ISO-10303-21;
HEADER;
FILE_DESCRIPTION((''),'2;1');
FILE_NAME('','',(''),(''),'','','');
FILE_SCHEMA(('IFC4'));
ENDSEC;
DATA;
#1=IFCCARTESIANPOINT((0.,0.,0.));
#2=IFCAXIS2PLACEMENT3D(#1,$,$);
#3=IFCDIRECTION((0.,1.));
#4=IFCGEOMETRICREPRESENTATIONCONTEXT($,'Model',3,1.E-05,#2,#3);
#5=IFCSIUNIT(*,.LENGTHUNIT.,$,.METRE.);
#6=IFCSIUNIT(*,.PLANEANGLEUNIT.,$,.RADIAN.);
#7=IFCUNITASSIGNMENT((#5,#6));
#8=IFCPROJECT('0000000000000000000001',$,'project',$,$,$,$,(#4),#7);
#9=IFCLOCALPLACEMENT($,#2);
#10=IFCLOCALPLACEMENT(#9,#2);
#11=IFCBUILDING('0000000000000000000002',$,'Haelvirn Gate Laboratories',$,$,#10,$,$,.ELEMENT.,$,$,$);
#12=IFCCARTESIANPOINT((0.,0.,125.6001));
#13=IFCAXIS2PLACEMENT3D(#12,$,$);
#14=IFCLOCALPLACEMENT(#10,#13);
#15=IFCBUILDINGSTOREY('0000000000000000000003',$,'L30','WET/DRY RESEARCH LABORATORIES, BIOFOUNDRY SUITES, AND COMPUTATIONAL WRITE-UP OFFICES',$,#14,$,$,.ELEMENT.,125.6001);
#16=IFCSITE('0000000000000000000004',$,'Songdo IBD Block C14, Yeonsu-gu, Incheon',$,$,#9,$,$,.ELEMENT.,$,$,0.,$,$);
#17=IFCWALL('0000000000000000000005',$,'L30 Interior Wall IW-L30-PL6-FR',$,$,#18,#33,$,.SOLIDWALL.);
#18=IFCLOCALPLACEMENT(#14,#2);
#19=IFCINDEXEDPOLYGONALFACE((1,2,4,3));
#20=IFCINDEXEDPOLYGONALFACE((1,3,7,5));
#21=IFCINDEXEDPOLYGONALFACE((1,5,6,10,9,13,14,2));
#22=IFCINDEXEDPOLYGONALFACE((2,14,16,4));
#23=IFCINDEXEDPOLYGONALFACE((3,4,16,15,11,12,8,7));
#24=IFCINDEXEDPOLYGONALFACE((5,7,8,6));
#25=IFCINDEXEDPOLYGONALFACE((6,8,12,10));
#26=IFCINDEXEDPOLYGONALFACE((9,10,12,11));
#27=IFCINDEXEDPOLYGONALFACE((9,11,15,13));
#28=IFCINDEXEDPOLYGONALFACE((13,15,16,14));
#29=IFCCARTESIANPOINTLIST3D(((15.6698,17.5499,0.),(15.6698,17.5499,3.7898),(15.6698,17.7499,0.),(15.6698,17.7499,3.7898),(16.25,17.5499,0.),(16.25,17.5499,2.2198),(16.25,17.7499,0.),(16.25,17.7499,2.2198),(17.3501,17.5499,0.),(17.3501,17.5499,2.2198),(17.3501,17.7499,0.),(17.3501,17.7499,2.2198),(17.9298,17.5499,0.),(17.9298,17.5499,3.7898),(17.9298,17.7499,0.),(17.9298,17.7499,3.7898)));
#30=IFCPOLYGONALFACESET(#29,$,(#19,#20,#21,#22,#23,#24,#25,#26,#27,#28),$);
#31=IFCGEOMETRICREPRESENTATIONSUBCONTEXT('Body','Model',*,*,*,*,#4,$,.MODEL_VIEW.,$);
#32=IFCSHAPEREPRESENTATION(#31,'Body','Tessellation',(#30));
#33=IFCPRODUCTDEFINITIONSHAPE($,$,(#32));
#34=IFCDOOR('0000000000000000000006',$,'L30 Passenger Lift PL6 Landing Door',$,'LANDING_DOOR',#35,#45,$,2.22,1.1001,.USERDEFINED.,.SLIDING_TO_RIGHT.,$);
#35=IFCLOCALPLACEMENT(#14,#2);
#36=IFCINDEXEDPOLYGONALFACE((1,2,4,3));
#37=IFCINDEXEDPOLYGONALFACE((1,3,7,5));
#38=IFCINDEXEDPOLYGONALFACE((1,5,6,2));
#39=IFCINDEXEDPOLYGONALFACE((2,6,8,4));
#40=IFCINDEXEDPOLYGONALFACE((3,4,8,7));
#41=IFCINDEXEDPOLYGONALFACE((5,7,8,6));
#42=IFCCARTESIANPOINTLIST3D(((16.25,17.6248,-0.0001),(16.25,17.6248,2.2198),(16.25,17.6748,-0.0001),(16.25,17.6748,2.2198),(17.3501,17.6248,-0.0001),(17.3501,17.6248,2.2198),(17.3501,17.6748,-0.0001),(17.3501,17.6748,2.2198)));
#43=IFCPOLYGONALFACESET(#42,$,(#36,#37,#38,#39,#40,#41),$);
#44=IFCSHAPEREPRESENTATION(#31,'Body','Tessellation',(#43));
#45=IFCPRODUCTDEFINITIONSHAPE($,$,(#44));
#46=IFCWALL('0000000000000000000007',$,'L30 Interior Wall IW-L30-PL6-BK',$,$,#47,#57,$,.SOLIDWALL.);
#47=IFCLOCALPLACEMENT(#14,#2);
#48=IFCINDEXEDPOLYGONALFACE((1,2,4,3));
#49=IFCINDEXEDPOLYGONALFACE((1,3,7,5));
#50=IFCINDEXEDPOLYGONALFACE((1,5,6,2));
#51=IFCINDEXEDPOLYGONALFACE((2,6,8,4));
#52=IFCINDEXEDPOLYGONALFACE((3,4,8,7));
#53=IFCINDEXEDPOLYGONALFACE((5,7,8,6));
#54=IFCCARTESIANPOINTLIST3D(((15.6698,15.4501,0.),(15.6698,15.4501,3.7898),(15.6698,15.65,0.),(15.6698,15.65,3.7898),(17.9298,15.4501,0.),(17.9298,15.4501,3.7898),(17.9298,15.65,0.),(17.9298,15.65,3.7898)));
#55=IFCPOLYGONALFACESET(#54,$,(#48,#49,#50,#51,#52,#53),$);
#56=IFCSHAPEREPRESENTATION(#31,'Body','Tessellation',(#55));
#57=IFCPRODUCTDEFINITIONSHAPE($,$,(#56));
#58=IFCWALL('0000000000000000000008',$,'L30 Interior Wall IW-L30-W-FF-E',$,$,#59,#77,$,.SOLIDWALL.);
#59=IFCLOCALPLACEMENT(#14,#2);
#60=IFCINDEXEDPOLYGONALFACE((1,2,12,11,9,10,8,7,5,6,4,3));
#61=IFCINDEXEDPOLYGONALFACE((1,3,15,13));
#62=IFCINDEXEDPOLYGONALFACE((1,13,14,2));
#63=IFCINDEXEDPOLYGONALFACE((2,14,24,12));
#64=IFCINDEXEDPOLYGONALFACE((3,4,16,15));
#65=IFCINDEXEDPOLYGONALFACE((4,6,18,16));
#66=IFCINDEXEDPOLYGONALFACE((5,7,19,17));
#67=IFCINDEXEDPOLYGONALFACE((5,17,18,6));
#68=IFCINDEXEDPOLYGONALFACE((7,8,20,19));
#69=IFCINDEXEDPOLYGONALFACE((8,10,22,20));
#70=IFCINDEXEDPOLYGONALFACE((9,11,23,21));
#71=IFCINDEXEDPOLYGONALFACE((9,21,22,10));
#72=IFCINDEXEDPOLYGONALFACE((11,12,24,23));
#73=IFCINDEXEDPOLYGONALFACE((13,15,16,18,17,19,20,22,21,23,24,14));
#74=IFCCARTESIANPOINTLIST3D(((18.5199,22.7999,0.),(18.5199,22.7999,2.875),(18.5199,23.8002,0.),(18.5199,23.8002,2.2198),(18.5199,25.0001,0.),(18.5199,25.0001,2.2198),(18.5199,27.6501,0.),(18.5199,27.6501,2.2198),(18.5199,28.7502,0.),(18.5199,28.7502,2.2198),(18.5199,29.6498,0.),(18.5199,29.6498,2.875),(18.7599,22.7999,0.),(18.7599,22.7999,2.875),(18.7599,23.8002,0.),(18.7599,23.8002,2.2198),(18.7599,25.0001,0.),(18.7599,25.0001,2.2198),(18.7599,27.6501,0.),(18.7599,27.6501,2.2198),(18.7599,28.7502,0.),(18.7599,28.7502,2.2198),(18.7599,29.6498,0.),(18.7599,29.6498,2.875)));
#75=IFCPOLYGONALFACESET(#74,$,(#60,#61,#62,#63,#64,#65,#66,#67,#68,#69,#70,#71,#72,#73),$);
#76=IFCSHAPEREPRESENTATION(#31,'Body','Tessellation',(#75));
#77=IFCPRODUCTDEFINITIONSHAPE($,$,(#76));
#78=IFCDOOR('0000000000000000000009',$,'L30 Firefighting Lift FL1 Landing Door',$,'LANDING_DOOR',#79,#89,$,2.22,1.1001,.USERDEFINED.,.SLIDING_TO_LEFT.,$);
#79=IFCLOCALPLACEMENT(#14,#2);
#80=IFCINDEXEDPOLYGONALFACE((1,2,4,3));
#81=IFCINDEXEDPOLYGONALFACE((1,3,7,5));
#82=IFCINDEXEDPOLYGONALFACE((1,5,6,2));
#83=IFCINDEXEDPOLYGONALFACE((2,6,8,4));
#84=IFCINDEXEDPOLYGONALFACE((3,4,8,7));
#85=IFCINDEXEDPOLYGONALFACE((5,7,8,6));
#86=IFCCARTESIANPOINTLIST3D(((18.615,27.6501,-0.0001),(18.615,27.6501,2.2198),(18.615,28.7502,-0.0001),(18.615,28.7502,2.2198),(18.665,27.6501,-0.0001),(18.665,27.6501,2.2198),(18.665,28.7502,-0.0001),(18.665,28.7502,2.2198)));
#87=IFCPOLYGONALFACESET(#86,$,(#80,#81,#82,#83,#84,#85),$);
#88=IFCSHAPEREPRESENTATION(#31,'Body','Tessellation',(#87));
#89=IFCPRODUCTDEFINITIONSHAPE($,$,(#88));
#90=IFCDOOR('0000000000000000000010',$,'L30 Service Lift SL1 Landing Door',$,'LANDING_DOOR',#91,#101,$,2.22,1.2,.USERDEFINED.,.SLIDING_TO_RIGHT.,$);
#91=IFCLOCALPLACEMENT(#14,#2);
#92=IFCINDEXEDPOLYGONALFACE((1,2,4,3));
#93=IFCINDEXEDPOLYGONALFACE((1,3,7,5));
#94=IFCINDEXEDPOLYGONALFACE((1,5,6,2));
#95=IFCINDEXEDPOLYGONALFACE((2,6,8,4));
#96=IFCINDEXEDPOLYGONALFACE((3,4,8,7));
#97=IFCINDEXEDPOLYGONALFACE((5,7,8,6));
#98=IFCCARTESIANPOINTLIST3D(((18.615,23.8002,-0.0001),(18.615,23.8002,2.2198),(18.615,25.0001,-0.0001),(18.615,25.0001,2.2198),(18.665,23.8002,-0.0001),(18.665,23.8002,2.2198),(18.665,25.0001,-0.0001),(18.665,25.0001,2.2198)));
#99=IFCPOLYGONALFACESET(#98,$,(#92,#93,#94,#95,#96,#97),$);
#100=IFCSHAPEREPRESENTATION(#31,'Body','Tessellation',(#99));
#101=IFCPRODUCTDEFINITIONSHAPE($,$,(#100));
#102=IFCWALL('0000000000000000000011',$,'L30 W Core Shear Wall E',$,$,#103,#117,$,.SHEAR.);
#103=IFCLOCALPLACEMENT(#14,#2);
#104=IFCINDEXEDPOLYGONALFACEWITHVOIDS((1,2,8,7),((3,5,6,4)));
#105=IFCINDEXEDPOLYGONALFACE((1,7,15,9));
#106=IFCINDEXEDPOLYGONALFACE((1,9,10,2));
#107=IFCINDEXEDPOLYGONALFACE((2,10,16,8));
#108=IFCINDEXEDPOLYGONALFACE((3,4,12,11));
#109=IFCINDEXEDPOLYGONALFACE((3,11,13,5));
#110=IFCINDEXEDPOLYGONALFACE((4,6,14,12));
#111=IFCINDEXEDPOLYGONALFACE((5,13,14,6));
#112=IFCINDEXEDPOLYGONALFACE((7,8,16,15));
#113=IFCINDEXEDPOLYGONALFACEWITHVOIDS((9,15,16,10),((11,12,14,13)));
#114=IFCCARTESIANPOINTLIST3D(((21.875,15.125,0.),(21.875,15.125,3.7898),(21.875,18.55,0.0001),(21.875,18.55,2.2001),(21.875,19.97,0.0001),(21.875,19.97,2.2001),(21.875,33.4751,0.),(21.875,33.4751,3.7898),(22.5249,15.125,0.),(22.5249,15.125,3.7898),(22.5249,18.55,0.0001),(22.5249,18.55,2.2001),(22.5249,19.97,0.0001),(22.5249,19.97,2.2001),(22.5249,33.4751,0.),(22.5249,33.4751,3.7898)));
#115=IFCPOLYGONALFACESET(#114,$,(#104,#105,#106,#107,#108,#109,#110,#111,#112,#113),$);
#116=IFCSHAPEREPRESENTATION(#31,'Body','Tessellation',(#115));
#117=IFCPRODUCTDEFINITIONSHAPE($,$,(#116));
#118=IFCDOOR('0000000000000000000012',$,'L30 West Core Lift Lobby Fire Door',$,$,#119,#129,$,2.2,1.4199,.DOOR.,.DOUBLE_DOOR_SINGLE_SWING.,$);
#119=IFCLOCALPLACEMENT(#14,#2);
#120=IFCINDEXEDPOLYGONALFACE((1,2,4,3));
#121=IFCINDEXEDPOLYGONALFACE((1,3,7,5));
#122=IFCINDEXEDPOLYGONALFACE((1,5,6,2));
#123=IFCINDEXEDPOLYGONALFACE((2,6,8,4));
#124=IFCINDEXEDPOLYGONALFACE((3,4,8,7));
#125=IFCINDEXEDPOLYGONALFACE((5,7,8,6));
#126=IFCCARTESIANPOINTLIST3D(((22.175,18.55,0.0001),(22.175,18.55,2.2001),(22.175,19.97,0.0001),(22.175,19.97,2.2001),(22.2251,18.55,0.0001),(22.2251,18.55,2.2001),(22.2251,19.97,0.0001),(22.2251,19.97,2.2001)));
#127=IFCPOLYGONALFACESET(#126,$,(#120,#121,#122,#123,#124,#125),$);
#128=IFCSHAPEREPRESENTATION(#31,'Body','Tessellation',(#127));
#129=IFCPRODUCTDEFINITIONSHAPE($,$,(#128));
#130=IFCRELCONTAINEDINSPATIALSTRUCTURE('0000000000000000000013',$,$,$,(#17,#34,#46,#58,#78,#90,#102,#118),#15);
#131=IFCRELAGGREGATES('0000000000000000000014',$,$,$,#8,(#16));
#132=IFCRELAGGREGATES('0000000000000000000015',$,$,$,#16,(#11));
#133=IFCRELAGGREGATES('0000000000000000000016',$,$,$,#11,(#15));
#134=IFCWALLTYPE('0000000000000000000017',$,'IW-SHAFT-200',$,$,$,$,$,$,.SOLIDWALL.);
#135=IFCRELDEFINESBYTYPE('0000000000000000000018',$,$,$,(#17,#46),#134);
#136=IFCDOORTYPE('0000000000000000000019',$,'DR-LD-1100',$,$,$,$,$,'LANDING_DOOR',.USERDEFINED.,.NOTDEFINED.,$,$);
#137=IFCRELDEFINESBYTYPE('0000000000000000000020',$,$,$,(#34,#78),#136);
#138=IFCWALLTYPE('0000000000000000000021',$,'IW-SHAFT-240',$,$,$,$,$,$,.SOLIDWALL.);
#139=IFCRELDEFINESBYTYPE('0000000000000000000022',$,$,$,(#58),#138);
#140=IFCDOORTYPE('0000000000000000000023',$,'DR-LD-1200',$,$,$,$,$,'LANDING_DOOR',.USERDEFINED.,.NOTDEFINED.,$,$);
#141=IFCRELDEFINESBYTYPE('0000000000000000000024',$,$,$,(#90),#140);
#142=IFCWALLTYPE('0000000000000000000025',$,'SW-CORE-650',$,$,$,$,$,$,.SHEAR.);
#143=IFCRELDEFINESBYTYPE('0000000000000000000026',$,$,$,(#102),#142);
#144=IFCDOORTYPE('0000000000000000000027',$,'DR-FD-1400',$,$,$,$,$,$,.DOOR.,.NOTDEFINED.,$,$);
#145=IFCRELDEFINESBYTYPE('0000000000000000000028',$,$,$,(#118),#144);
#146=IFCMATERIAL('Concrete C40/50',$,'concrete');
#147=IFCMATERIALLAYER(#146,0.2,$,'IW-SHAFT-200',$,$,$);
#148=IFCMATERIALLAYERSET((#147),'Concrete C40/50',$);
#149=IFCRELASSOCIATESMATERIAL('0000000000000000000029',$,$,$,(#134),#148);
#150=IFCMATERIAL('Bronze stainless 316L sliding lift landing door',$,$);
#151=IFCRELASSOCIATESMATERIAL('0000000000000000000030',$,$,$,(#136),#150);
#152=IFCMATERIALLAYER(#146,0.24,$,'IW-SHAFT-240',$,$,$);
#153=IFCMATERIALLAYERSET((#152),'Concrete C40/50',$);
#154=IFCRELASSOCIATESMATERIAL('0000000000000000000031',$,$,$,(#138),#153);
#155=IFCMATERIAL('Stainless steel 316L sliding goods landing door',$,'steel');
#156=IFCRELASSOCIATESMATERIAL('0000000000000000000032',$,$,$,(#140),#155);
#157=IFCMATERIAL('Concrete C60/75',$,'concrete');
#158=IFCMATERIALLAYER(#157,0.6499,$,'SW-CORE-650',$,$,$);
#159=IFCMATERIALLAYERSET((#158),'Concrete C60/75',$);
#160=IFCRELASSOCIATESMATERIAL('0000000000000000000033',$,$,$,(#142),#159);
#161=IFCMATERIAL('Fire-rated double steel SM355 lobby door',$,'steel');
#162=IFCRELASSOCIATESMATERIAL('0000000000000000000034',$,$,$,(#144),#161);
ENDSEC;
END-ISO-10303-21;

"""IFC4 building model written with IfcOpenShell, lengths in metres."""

from ifc_helpers import new_model, si_unit, direction, frame, frame_2d, origin, place, context, subcontext, project, spatial, rectangle, extrude, source, transform, mapped, material, layer, layer_set, type_object, type_shapes, element, fill, save


model = new_model("IFC4")

# Units and contexts
model_context = context("Model", 3, precision=1e-05, world=origin(), true_north=direction((0.0, 1.0)))
body_context = subcontext(model_context, "Body", "Model", "MODEL_VIEW")
ifc_project = project(units=[si_unit("LENGTHUNIT", "METRE"), si_unit("PLANEANGLEUNIT", "RADIAN")], contexts=[model_context])

# Site, building, storey
site_placement = place(None, origin())
site = spatial("IfcSite", under=ifc_project, at=site_placement, Name="Songdo IBD Block C14, Yeonsu-gu, Incheon", CompositionType="ELEMENT", RefElevation=0.0)
building_placement = place(site_placement, origin())
building = spatial("IfcBuilding", under=site, at=building_placement, Name="Haelvirn Gate Laboratories", CompositionType="ELEMENT")
storey_placement = place(building_placement, frame((0.0, 0.0, 125.6001)))
storey = spatial("IfcBuildingStorey", under=building, at=storey_placement, Name="L30", Description="WET/DRY RESEARCH LABORATORIES, BIOFOUNDRY SUITES, AND COMPUTATIONAL WRITE-UP OFFICES", CompositionType="ELEMENT", Elevation=125.6001)

# Shared definitions
ifc_material_1 = material(Name="Concrete C60/75", Category="concrete")

# Shared definitions
ifc_material_2 = material(Name="Concrete C40/50", Category="concrete")

# Wall, opening, door
ifc_layer_1 = layer(ifc_material_2, 0.2, Name="IW-SHAFT-200")
ifc_layer_set_1 = layer_set([ifc_layer_1], Name="Concrete C40/50")
wall_type_1 = type_object("IfcWallType", Name="IW-SHAFT-200", PredefinedType="SOLIDWALL", material=ifc_layer_set_1)
wall_1_placement = place(storey_placement, frame((15.6699, 17.6499, 0.0), z_axis=(0.0, 0.0, 1.0), x_axis=(1.0, 0.0, 0.0)))
wall_1 = element("IfcWall", 1, at=wall_1_placement, inside=storey, type_object=wall_type_1, Name="L30 Interior Wall IW-L30-PL6-FR", PredefinedType="SOLIDWALL", context=body_context, shape_type="SweptSolid", body=[
    extrude(rectangle(XDim=2.26, YDim=0.2, at=frame_2d((1.1299, 0.0))), origin(), (0.0, 0.0, 1.0), 3.7898),
])
opening_1_placement = place(wall_1_placement, frame((0.5801, 0.0, 0.0)))
opening_1 = element("IfcOpeningElement", 2, at=opening_1_placement, cuts=wall_1, PredefinedType="OPENING", context=body_context, shape_type="SweptSolid", body=[
    extrude(rectangle(XDim=1.1001, YDim=2.22, at=frame_2d((0.55, 1.1099))), frame((0.0, 0.1099, 0.0), z_axis=(0.0, -1.0, 0.0), x_axis=(1.0, 0.0, 0.0)), (0.0, 0.0, 1.0), 0.22),
])
ifc_material_3 = material(Name="Bronze stainless 316L sliding lift landing door")
door_type_1 = type_object("IfcDoorType", Name="DR-LD-1100", ElementType="LANDING_DOOR", OperationType="NOTDEFINED", PredefinedType="USERDEFINED", material=ifc_material_3)
shared_shape_1 = source(origin(), body_context, "Body", "SweptSolid", [
    extrude(rectangle(XDim=1.1001, YDim=2.22, at=frame_2d((0.55, 1.1099))), frame((0.0, 0.0249, 0.0), z_axis=(0.0, -1.0, 0.0), x_axis=(1.0, 0.0, 0.0)), (0.0, 0.0, 1.0), 0.05),
])
type_shapes(door_type_1, [shared_shape_1])
door_1_placement = place(opening_1_placement, origin())
door_1 = element("IfcDoor", 3, at=door_1_placement, inside=storey, type_object=door_type_1, Name="L30 Passenger Lift PL6 Landing Door", ObjectType="LANDING_DOOR", OperationType="SLIDING_TO_RIGHT", OverallHeight=2.22, OverallWidth=1.1001, PredefinedType="USERDEFINED", context=body_context, shape_type="MappedRepresentation", body=[
    mapped(shared_shape_1, transform((0.0, 0.0, 0.0), scale=1.0)),
])
fill(opening_1, door_1)

# Wall
wall_2_placement = place(storey_placement, frame((15.6699, 15.55, 0.0), z_axis=(0.0, 0.0, 1.0), x_axis=(1.0, 0.0, 0.0)))
element("IfcWall", 4, at=wall_2_placement, inside=storey, type_object=wall_type_1, Name="L30 Interior Wall IW-L30-PL6-BK", PredefinedType="SOLIDWALL", context=body_context, shape_type="SweptSolid", body=[
    extrude(rectangle(XDim=2.26, YDim=0.2, at=frame_2d((1.1299, 0.0))), origin(), (0.0, 0.0, 1.0), 3.7898),
])

# Wall, openings, doors
ifc_layer_2 = layer(ifc_material_2, 0.24, Name="IW-SHAFT-240")
ifc_layer_set_2 = layer_set([ifc_layer_2], Name="Concrete C40/50")
wall_type_2 = type_object("IfcWallType", Name="IW-SHAFT-240", PredefinedType="SOLIDWALL", material=ifc_layer_set_2)
wall_3_placement = place(storey_placement, frame((18.6399, 22.8, 0.0), z_axis=(0.0, 0.0, 1.0), x_axis=(0.0, 1.0, 0.0)))
wall_3 = element("IfcWall", 5, at=wall_3_placement, inside=storey, type_object=wall_type_2, Name="L30 Interior Wall IW-L30-W-FF-E", PredefinedType="SOLIDWALL", context=body_context, shape_type="SweptSolid", body=[
    extrude(rectangle(XDim=6.8499, YDim=0.24, at=frame_2d((3.4248, 0.0))), origin(), (0.0, 0.0, 1.0), 2.875),
])
opening_2_placement = place(wall_3_placement, frame((4.8501, 0.0, 0.0)))
opening_2 = element("IfcOpeningElement", 6, at=opening_2_placement, cuts=wall_3, PredefinedType="OPENING", context=body_context, shape_type="SweptSolid", body=[
    extrude(rectangle(XDim=1.1001, YDim=2.22, at=frame_2d((0.55, 1.1099))), frame((0.0, 0.1299, 0.0), z_axis=(0.0, -1.0, 0.0), x_axis=(1.0, 0.0, 0.0)), (0.0, 0.0, 1.0), 0.26),
])
opening_3_placement = place(wall_3_placement, frame((1.0, 0.0, 0.0)))
opening_3 = element("IfcOpeningElement", 7, at=opening_3_placement, cuts=wall_3, PredefinedType="OPENING", context=body_context, shape_type="SweptSolid", body=[
    extrude(rectangle(XDim=1.2, YDim=2.22, at=frame_2d((0.6001, 1.1099))), frame((0.0, 0.1299, 0.0), z_axis=(0.0, -1.0, 0.0), x_axis=(1.0, 0.0, 0.0)), (0.0, 0.0, 1.0), 0.26),
])
door_2_placement = place(opening_2_placement, origin())
door_2 = element("IfcDoor", 8, at=door_2_placement, inside=storey, type_object=door_type_1, Name="L30 Firefighting Lift FL1 Landing Door", ObjectType="LANDING_DOOR", OperationType="SLIDING_TO_LEFT", OverallHeight=2.22, OverallWidth=1.1001, PredefinedType="USERDEFINED", context=body_context, shape_type="MappedRepresentation", body=[
    mapped(shared_shape_1, transform((0.0, 0.0, 0.0), scale=1.0)),
])
fill(opening_2, door_2)
ifc_material_4 = material(Name="Stainless steel 316L sliding goods landing door", Category="steel")
door_type_2 = type_object("IfcDoorType", Name="DR-LD-1200", ElementType="LANDING_DOOR", OperationType="NOTDEFINED", PredefinedType="USERDEFINED", material=ifc_material_4)
shared_shape_2 = source(origin(), body_context, "Body", "SweptSolid", [
    extrude(rectangle(XDim=1.2, YDim=2.22, at=frame_2d((0.6001, 1.1099))), frame((0.0, 0.0249, 0.0), z_axis=(0.0, -1.0, 0.0), x_axis=(1.0, 0.0, 0.0)), (0.0, 0.0, 1.0), 0.05),
])
type_shapes(door_type_2, [shared_shape_2])
door_3_placement = place(opening_3_placement, origin())
door_3 = element("IfcDoor", 9, at=door_3_placement, inside=storey, type_object=door_type_2, Name="L30 Service Lift SL1 Landing Door", ObjectType="LANDING_DOOR", OperationType="SLIDING_TO_RIGHT", OverallHeight=2.22, OverallWidth=1.2, PredefinedType="USERDEFINED", context=body_context, shape_type="MappedRepresentation", body=[
    mapped(shared_shape_2, transform((0.0, 0.0, 0.0), scale=1.0)),
])
fill(opening_3, door_3)

# Wall, opening, door
ifc_layer_3 = layer(ifc_material_1, 0.6499, Name="SW-CORE-650")
ifc_layer_set_3 = layer_set([ifc_layer_3], Name="Concrete C60/75")
wall_type_3 = type_object("IfcWallType", Name="SW-CORE-650", PredefinedType="SHEAR", material=ifc_layer_set_3)
wall_4_placement = place(storey_placement, frame((22.2, 15.125, 0.0), z_axis=(0.0, 0.0, 1.0), x_axis=(0.0, 1.0, 0.0)))
wall_4 = element("IfcWall", 10, at=wall_4_placement, inside=storey, type_object=wall_type_3, Name="L30 W Core Shear Wall E", PredefinedType="SHEAR", context=body_context, shape_type="SweptSolid", body=[
    extrude(rectangle(XDim=18.3501, YDim=0.6499, at=frame_2d((9.175, 0.0))), origin(), (0.0, 0.0, 1.0), 3.7898),
])
opening_4_placement = place(wall_4_placement, frame((3.425, 0.0, 0.0)))
opening_4 = element("IfcOpeningElement", 11, at=opening_4_placement, cuts=wall_4, PredefinedType="OPENING", context=body_context, shape_type="SweptSolid", body=[
    extrude(rectangle(XDim=1.4199, YDim=2.2, at=frame_2d((0.71, 1.1001))), frame((0.0, 0.335, 0.0), z_axis=(0.0, -1.0, 0.0), x_axis=(1.0, 0.0, 0.0)), (0.0, 0.0, 1.0), 0.6699),
])
ifc_material_5 = material(Name="Fire-rated double steel SM355 lobby door", Category="steel")
door_type_3 = type_object("IfcDoorType", Name="DR-FD-1400", OperationType="NOTDEFINED", PredefinedType="DOOR", material=ifc_material_5)
shared_shape_3 = source(origin(), body_context, "Body", "SweptSolid", [
    extrude(rectangle(XDim=1.4199, YDim=2.2, at=frame_2d((0.71, 1.1001))), frame((0.0, 0.0249, 0.0), z_axis=(0.0, -1.0, 0.0), x_axis=(1.0, 0.0, 0.0)), (0.0, 0.0, 1.0), 0.05),
])
type_shapes(door_type_3, [shared_shape_3])
door_4_placement = place(opening_4_placement, origin())
door_4 = element("IfcDoor", 12, at=door_4_placement, inside=storey, type_object=door_type_3, Name="L30 West Core Lift Lobby Fire Door", OperationType="DOUBLE_DOOR_SINGLE_SWING", OverallHeight=2.2, OverallWidth=1.4199, PredefinedType="DOOR", context=body_context, shape_type="MappedRepresentation", body=[
    mapped(shared_shape_3, transform((0.0, 0.0, 0.0), scale=1.0)),
])
fill(opening_4, door_4)

save(model, "model.ifc")
